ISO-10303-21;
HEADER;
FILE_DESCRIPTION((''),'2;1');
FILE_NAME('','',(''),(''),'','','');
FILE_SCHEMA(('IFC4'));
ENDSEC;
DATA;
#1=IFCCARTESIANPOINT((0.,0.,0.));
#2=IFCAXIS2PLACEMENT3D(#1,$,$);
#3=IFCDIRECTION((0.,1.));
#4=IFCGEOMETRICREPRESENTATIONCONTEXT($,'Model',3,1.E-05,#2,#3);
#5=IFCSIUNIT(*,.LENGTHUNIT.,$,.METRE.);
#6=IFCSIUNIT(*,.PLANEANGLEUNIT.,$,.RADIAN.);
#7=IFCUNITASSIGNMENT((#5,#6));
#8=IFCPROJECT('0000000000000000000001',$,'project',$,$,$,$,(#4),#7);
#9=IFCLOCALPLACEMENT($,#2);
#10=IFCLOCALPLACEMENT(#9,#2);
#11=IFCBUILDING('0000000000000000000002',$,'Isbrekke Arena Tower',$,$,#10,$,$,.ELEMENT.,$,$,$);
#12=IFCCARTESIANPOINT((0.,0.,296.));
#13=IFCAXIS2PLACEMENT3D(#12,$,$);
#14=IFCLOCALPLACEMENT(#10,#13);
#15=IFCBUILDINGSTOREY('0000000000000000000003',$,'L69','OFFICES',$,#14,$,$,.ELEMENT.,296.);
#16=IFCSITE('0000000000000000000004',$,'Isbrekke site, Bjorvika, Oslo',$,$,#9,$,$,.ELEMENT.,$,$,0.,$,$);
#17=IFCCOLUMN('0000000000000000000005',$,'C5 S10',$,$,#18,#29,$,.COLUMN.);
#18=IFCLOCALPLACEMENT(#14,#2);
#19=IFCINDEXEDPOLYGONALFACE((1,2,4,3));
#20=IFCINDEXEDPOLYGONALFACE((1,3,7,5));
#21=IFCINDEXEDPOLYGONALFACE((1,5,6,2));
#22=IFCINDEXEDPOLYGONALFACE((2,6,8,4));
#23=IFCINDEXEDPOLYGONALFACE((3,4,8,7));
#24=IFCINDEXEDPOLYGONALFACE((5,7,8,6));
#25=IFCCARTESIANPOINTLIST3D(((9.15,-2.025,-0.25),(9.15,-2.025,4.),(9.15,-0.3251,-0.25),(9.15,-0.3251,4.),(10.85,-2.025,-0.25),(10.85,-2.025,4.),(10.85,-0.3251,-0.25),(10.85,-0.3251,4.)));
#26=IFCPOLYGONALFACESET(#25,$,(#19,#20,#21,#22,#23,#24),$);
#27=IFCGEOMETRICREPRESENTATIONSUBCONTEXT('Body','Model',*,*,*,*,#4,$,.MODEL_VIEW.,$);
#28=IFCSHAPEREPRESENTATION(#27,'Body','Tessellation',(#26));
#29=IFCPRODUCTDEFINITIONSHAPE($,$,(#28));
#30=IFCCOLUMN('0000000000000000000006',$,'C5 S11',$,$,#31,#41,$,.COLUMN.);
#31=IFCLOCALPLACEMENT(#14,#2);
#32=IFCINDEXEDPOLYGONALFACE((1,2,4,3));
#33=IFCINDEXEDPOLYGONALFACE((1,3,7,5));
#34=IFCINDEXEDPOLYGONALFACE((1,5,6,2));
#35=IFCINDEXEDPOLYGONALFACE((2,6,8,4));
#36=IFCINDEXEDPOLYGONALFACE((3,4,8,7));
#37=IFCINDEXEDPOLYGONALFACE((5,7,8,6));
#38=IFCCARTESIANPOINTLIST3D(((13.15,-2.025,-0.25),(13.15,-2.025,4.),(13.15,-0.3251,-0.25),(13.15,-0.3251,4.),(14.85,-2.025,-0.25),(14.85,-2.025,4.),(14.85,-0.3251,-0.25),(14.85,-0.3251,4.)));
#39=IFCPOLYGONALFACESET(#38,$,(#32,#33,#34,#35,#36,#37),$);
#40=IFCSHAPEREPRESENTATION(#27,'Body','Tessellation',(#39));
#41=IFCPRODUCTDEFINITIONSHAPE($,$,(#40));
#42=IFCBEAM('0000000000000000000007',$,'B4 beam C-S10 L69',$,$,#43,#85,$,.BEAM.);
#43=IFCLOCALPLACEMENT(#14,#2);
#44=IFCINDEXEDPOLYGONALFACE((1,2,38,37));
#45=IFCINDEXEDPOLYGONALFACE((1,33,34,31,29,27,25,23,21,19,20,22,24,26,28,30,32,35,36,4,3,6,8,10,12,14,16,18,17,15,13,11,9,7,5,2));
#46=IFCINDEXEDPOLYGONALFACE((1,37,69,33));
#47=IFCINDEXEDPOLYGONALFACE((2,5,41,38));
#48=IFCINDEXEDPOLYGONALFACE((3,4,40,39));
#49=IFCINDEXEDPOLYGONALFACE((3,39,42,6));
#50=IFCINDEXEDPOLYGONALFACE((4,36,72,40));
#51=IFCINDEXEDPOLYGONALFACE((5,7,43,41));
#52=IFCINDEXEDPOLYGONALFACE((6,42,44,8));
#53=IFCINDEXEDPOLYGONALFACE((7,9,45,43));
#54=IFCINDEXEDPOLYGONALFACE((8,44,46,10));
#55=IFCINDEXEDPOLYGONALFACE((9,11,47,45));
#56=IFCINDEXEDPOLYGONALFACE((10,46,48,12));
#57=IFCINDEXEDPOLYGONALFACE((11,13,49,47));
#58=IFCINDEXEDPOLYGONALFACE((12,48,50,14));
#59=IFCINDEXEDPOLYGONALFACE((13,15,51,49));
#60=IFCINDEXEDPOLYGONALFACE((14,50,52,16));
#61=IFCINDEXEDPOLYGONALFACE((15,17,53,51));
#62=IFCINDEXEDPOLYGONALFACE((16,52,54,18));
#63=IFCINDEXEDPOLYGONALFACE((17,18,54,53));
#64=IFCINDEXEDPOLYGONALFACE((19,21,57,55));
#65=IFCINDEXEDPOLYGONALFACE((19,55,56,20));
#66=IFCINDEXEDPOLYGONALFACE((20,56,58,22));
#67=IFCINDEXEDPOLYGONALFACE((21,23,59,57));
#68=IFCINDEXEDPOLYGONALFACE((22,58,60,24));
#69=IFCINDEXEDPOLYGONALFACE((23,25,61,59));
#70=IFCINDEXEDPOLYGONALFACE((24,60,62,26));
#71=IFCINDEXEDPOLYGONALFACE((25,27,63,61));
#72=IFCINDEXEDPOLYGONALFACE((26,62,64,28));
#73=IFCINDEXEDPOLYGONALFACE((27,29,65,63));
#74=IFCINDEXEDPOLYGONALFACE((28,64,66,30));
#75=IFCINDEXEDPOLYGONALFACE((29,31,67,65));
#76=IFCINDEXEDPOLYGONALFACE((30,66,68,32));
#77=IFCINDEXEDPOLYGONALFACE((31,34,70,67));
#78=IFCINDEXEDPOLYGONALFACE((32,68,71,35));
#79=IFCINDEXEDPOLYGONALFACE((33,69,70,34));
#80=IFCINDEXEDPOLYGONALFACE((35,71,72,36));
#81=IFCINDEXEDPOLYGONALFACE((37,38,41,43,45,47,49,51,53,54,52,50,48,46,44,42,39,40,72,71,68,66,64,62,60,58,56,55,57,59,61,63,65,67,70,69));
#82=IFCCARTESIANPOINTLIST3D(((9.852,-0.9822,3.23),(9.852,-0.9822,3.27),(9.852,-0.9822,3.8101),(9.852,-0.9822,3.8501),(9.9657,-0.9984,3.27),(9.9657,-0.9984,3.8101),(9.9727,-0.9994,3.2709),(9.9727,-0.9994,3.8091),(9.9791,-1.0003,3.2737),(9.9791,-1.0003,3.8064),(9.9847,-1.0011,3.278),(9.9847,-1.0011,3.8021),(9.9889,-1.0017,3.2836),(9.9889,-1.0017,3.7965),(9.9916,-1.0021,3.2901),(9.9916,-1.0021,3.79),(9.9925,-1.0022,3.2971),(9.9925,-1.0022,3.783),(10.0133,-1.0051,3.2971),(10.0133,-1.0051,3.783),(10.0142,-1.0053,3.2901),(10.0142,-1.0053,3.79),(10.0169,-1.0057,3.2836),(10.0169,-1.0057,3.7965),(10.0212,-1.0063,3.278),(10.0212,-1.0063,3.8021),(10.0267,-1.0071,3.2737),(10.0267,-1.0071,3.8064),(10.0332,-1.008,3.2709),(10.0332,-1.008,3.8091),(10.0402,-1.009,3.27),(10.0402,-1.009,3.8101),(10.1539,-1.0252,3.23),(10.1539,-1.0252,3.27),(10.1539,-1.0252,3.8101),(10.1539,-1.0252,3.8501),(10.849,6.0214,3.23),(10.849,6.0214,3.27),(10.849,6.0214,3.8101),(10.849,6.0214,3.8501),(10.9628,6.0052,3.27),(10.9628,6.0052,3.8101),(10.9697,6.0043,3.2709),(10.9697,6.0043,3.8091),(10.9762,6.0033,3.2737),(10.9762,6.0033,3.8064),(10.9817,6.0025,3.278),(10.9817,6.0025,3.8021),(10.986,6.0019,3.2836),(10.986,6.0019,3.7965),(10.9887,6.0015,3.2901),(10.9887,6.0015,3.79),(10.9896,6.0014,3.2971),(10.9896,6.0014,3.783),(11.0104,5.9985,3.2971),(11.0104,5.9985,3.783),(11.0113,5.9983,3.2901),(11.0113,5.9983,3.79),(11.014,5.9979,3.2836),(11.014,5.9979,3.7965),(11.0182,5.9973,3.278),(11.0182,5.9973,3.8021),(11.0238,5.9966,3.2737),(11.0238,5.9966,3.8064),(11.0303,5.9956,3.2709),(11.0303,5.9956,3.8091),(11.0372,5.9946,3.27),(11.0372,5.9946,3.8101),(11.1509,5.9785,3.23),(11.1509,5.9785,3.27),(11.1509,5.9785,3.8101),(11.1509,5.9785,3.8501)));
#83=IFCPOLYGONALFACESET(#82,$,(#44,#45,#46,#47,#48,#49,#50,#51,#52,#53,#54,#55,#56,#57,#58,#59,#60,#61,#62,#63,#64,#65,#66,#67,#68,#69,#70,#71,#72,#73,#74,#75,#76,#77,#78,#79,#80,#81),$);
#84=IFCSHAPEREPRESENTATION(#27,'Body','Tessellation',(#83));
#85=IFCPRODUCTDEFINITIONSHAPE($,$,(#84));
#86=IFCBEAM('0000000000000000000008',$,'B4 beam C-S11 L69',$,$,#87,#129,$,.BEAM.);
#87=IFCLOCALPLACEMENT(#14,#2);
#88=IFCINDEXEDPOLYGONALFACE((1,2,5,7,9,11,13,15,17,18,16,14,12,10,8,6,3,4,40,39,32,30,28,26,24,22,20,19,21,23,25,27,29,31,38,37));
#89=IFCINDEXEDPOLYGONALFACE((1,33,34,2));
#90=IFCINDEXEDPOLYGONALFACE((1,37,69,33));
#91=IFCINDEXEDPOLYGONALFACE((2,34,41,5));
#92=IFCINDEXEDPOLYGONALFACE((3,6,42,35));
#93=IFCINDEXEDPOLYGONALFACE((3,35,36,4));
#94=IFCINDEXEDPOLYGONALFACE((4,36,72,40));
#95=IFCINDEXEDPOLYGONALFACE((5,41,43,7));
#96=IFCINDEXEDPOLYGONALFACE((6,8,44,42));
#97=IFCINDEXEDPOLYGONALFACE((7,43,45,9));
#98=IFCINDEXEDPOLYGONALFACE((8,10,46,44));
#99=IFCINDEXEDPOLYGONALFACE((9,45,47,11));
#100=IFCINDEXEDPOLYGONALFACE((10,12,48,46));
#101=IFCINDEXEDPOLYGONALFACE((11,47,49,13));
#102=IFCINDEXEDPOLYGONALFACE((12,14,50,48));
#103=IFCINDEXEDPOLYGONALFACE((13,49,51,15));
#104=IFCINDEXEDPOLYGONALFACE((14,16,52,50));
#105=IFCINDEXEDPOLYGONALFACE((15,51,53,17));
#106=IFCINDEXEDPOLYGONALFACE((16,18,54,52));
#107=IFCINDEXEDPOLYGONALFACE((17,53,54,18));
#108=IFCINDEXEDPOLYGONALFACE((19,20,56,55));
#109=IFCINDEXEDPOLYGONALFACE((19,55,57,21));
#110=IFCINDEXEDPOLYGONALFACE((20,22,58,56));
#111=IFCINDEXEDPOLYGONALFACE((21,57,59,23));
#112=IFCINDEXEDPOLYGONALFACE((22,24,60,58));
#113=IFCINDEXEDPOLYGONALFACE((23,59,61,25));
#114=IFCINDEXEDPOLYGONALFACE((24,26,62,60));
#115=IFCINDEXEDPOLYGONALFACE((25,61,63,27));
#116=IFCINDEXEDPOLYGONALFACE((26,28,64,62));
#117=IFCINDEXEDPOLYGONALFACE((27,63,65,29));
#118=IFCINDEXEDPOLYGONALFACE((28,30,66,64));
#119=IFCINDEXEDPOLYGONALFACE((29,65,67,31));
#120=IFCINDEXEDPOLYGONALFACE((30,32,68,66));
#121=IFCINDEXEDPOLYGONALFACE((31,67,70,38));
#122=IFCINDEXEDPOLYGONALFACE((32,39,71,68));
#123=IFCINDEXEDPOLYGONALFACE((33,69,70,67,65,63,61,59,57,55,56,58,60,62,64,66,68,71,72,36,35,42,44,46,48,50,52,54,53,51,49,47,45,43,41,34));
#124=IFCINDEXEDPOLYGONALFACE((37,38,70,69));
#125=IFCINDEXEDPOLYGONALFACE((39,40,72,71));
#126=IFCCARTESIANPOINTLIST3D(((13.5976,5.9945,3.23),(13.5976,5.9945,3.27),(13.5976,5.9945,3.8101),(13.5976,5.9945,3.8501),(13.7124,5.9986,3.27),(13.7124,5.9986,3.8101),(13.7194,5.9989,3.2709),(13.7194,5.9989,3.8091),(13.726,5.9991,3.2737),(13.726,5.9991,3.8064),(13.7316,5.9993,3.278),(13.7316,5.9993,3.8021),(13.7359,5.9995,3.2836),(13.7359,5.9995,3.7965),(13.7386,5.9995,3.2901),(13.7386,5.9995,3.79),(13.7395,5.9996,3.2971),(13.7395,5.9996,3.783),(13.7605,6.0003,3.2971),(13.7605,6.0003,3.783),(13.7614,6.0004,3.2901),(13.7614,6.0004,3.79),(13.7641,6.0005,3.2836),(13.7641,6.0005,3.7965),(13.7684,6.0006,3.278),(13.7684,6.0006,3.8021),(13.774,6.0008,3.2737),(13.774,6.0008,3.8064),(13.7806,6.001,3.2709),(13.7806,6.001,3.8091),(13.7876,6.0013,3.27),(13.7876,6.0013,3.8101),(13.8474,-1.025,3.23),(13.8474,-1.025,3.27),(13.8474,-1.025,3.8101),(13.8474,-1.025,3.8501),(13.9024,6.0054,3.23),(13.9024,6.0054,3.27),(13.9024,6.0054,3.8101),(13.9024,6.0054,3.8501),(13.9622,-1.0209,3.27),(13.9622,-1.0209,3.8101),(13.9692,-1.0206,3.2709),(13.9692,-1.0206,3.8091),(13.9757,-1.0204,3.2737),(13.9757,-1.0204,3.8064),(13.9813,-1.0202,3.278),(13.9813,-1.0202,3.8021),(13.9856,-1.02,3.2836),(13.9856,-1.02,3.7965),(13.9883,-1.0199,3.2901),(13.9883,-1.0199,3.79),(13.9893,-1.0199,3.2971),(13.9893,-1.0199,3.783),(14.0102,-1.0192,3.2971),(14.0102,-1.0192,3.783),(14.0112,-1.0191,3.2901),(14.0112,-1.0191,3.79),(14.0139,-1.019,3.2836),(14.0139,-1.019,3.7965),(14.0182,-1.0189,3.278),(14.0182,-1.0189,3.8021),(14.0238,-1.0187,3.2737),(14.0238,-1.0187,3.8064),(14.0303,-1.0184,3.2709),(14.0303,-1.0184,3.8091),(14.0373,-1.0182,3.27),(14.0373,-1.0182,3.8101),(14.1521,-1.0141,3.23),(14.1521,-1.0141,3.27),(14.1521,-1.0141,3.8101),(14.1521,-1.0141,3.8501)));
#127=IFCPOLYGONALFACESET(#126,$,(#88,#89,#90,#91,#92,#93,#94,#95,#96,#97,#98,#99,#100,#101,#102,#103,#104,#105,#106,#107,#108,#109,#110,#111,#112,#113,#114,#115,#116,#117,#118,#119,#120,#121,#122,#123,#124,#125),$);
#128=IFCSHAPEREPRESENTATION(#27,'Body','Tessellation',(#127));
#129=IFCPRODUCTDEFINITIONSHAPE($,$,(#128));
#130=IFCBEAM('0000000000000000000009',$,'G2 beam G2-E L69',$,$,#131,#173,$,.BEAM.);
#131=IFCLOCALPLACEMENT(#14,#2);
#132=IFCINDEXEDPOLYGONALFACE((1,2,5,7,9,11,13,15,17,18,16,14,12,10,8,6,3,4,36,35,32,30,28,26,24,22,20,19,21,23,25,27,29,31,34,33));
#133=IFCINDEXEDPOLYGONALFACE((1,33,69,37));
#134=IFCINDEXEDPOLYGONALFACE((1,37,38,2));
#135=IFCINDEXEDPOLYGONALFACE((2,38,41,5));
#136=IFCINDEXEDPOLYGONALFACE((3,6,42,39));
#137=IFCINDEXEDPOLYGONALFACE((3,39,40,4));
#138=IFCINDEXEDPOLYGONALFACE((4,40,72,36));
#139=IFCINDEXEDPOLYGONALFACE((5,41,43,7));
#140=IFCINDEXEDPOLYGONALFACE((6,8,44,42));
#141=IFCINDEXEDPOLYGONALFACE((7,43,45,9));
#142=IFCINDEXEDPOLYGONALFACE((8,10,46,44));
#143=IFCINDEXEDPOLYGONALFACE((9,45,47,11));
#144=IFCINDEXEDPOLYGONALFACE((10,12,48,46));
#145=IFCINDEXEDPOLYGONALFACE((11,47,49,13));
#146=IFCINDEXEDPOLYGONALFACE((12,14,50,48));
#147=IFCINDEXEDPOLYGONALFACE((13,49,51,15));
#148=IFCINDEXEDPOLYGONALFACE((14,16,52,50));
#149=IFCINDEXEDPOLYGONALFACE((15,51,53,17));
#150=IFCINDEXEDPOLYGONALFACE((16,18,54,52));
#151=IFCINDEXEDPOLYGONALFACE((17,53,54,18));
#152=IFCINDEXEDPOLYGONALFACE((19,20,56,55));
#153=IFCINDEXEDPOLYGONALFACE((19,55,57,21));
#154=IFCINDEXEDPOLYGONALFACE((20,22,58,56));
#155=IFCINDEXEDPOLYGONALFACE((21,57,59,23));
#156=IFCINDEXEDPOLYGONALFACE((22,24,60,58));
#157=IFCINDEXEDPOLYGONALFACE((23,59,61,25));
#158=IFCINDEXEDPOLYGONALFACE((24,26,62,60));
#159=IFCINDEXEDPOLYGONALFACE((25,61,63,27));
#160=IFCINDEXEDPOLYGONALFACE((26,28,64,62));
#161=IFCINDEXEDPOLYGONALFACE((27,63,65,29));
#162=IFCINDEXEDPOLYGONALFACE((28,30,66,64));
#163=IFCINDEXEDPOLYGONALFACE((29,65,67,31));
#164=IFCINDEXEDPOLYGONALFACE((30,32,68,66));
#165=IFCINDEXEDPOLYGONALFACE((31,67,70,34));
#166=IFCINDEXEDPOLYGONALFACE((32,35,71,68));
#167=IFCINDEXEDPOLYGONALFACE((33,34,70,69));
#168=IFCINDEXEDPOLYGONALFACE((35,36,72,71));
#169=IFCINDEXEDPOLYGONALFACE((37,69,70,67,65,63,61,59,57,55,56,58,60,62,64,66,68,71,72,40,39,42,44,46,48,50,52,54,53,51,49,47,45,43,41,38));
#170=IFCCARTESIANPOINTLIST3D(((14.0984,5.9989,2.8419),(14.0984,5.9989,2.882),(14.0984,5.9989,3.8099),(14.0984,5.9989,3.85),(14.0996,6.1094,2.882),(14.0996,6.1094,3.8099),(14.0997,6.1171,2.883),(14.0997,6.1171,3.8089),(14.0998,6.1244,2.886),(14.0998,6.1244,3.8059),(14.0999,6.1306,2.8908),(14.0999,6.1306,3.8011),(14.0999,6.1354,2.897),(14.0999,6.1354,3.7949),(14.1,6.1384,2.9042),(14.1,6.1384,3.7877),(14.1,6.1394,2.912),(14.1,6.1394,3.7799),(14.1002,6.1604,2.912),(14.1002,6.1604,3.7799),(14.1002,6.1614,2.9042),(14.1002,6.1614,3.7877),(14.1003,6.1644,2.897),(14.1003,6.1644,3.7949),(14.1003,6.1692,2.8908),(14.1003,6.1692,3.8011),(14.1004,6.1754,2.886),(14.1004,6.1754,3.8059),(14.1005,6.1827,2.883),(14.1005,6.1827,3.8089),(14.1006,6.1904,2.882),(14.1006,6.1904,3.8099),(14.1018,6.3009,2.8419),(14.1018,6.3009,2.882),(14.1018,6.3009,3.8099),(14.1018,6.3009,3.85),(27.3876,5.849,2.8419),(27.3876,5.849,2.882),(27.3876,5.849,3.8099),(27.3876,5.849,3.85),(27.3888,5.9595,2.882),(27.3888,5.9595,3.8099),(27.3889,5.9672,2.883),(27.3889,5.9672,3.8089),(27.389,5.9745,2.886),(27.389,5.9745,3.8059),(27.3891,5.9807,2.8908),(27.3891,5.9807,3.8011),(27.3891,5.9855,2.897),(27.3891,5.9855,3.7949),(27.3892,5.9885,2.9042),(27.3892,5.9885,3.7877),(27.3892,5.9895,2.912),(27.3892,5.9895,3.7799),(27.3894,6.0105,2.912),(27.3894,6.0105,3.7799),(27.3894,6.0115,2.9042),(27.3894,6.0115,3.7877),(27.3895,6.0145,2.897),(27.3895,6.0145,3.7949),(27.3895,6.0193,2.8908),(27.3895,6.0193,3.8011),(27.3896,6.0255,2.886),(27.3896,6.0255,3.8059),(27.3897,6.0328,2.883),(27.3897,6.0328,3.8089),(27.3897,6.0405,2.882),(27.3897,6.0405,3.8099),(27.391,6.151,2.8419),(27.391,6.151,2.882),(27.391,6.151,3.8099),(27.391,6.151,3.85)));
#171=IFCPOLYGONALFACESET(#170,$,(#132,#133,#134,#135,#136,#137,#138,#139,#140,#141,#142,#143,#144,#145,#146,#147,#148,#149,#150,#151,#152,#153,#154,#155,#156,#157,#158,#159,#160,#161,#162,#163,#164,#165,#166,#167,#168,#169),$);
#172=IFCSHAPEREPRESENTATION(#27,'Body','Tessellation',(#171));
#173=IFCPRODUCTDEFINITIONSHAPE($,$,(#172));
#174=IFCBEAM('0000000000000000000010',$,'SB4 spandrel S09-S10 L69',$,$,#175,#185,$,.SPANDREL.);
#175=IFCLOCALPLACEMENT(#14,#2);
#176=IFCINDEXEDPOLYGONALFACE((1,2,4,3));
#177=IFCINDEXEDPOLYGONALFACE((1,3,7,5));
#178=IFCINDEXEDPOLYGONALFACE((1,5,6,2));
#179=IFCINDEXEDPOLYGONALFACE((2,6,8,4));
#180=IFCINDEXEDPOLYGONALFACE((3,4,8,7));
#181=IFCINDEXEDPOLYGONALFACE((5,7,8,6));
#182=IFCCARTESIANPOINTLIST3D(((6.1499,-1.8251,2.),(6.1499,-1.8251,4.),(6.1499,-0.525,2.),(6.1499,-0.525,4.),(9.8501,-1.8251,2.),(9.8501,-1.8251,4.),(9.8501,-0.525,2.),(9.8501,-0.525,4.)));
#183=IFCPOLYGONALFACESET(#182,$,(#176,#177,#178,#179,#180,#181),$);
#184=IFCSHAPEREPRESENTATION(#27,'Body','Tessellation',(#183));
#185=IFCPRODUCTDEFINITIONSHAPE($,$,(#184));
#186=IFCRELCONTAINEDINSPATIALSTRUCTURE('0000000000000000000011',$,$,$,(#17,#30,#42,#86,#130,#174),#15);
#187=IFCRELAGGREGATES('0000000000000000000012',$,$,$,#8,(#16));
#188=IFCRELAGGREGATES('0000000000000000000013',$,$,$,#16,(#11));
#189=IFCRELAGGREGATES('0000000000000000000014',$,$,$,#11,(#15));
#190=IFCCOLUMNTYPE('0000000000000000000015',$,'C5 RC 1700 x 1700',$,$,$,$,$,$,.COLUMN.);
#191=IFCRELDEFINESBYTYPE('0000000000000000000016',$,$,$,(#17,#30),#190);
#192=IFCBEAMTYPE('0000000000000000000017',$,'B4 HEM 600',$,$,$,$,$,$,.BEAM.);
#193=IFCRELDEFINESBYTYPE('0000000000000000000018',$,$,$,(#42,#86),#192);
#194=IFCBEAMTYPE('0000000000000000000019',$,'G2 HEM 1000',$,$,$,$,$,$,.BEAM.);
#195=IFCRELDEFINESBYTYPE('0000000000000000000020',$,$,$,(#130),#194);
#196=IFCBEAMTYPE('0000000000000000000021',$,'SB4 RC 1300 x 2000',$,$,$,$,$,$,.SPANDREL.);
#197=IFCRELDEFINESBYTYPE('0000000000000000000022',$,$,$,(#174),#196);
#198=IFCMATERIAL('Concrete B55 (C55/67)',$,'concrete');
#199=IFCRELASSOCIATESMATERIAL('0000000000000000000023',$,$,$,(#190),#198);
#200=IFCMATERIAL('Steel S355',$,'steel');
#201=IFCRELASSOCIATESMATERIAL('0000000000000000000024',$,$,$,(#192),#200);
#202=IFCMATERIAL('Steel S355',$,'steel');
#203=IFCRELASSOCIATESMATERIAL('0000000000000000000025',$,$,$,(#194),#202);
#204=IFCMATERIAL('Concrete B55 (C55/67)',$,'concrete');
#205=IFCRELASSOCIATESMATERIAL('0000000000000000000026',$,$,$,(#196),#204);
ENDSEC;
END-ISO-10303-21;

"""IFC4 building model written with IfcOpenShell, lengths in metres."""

from ifc_helpers import new_model, si_unit, direction, frame, origin, origin_2d, place, context, subcontext, project, spatial, rectangle, i_section, extrude, material, material_profile, profile_set, type_object, element, save


model = new_model("IFC4")

# Units and contexts
model_context = context("Model", 3, precision=1e-05, world=origin(), true_north=direction((0.0, 1.0)))
body_context = subcontext(model_context, "Body", "Model", "MODEL_VIEW")
ifc_project = project(units=[si_unit("LENGTHUNIT", "METRE"), si_unit("PLANEANGLEUNIT", "RADIAN")], contexts=[model_context])

# Site, building, storey
site_placement = place(None, origin())
site = spatial("IfcSite", under=ifc_project, at=site_placement, Name="Isbrekke site, Bjorvika, Oslo", CompositionType="ELEMENT", RefElevation=0.0)
building_placement = place(site_placement, origin())
building = spatial("IfcBuilding", under=site, at=building_placement, Name="Isbrekke Arena Tower", CompositionType="ELEMENT")
storey_placement = place(building_placement, frame((0.0, 0.0, 296.0)))
storey = spatial("IfcBuildingStorey", under=building, at=storey_placement, Name="L69", Description="OFFICES", CompositionType="ELEMENT", Elevation=296.0)

# Columns
ifc_material_1 = material(Name="Concrete B55 (C55/67)", Category="concrete")
ifc_material_profile_1 = material_profile(ifc_material_1, rectangle(XDim=1.7, YDim=1.7, at=origin_2d()), Name="RC 1700x1700")
ifc_profile_set_1 = profile_set([ifc_material_profile_1], Name="Concrete B55 (C55/67)")
column_type = type_object("IfcColumnType", Name="C5 RC 1700 x 1700", PredefinedType="COLUMN", material=ifc_profile_set_1)
for number, where, z_axis, x_axis, name in (
    (1, (10.0, -1.175, -0.25), (0.0, 0.0, 1.0), (1.0, 0.0, 0.0), "C5 S10"),
    (2, (14.0, -1.175, -0.25), (0.0, 0.0, 1.0), (1.0, 0.0, 0.0), "C5 S11"),
):
    element("IfcColumn", number, at=place(storey_placement, frame(where, z_axis=z_axis, x_axis=x_axis)), inside=storey, type_object=column_type, Name=name, PredefinedType="COLUMN", context=body_context, shape_type="SweptSolid", body=[
        extrude(rectangle(XDim=1.7, YDim=1.7, at=origin_2d()), origin(), (0.0, 0.0, 1.0), 4.25),
    ])

# Beams
ifc_material_2 = material(Name="Steel S355", Category="steel")
ifc_material_profile_2 = material_profile(ifc_material_2, i_section(OverallWidth=0.3049, OverallDepth=0.6201, WebThickness=0.021, FlangeThickness=0.04, FilletRadius=0.0271, at=origin_2d()), Name="HEM 600")
ifc_profile_set_2 = profile_set([ifc_material_profile_2], Name="Steel S355")
beam_type_1 = type_object("IfcBeamType", Name="B4 HEM 600", PredefinedType="BEAM", material=ifc_profile_set_2)
beam_1_placement = place(storey_placement, frame((10.0029, -1.0037, 3.54), z_axis=(0.140943, 0.990018, 0.0), x_axis=(-0.990018, 0.140943, 0.0)))
element("IfcBeam", 3, at=beam_1_placement, inside=storey, type_object=beam_type_1, Name="B4 beam C-S10 L69", PredefinedType="BEAM", context=body_context, shape_type="SweptSolid", body=[
    extrude(i_section(OverallWidth=0.3049, OverallDepth=0.6201, WebThickness=0.021, FlangeThickness=0.04, FilletRadius=0.0271, at=origin_2d()), origin(), (0.0, 0.0, 1.0), 7.0742),
])
beam_2_placement = place(storey_placement, frame((13.9998, -1.0195, 3.54), z_axis=(-0.035558, 0.999368, 0.0), x_axis=(-0.999368, -0.035558, 0.0)))
element("IfcBeam", 4, at=beam_2_placement, inside=storey, type_object=beam_type_1, Name="B4 beam C-S11 L69", PredefinedType="BEAM", context=body_context, shape_type="SweptSolid", body=[
    extrude(i_section(OverallWidth=0.3049, OverallDepth=0.6201, WebThickness=0.021, FlangeThickness=0.04, FilletRadius=0.0271, at=origin_2d()), origin(), (0.0, 0.0, 1.0), 7.0239),
])
ifc_material_3 = material(Name="Steel S355", Category="steel")
ifc_material_profile_3 = material_profile(ifc_material_3, i_section(OverallWidth=0.302, OverallDepth=1.0081, WebThickness=0.021, FlangeThickness=0.04, FilletRadius=0.03, at=origin_2d()), Name="HEM 1000")
ifc_profile_set_3 = profile_set([ifc_material_profile_3], Name="Steel S355")
beam_type_2 = type_object("IfcBeamType", Name="G2 HEM 1000", PredefinedType="BEAM", material=ifc_profile_set_3)
beam_3_placement = place(storey_placement, frame((14.1001, 6.1499, 3.3459), z_axis=(0.999936, -0.011279, 0.0), x_axis=(0.011279, 0.999936, 0.0)))
element("IfcBeam", 5, at=beam_3_placement, inside=storey, type_object=beam_type_2, Name="G2 beam G2-E L69", PredefinedType="BEAM", context=body_context, shape_type="SweptSolid", body=[
    extrude(i_section(OverallWidth=0.302, OverallDepth=1.0081, WebThickness=0.021, FlangeThickness=0.04, FilletRadius=0.03, at=origin_2d()), origin(), (0.0, 0.0, 1.0), 13.29),
])
ifc_material_4 = material(Name="Concrete B55 (C55/67)", Category="concrete")
ifc_material_profile_4 = material_profile(ifc_material_4, rectangle(XDim=1.3, YDim=2.0, at=origin_2d()), Name="RC 1300x2000")
ifc_profile_set_4 = profile_set([ifc_material_profile_4], Name="Concrete B55 (C55/67)")
beam_type_3 = type_object("IfcBeamType", Name="SB4 RC 1300 x 2000", PredefinedType="SPANDREL", material=ifc_profile_set_4)
for number, where, z_axis, x_axis, name in (
    (6, (6.1499, -1.175, 3.0), (1.0, 0.0, 0.0), (0.0, 1.0, 0.0), "SB4 spandrel S09-S10 L69"),
):
    element("IfcBeam", number, at=place(storey_placement, frame(where, z_axis=z_axis, x_axis=x_axis)), inside=storey, type_object=beam_type_3, Name=name, PredefinedType="SPANDREL", context=body_context, shape_type="SweptSolid", body=[
        extrude(rectangle(XDim=1.3, YDim=2.0, at=origin_2d()), origin(), (0.0, 0.0, 1.0), 3.7002),
    ])

save(model, "model.ifc")
